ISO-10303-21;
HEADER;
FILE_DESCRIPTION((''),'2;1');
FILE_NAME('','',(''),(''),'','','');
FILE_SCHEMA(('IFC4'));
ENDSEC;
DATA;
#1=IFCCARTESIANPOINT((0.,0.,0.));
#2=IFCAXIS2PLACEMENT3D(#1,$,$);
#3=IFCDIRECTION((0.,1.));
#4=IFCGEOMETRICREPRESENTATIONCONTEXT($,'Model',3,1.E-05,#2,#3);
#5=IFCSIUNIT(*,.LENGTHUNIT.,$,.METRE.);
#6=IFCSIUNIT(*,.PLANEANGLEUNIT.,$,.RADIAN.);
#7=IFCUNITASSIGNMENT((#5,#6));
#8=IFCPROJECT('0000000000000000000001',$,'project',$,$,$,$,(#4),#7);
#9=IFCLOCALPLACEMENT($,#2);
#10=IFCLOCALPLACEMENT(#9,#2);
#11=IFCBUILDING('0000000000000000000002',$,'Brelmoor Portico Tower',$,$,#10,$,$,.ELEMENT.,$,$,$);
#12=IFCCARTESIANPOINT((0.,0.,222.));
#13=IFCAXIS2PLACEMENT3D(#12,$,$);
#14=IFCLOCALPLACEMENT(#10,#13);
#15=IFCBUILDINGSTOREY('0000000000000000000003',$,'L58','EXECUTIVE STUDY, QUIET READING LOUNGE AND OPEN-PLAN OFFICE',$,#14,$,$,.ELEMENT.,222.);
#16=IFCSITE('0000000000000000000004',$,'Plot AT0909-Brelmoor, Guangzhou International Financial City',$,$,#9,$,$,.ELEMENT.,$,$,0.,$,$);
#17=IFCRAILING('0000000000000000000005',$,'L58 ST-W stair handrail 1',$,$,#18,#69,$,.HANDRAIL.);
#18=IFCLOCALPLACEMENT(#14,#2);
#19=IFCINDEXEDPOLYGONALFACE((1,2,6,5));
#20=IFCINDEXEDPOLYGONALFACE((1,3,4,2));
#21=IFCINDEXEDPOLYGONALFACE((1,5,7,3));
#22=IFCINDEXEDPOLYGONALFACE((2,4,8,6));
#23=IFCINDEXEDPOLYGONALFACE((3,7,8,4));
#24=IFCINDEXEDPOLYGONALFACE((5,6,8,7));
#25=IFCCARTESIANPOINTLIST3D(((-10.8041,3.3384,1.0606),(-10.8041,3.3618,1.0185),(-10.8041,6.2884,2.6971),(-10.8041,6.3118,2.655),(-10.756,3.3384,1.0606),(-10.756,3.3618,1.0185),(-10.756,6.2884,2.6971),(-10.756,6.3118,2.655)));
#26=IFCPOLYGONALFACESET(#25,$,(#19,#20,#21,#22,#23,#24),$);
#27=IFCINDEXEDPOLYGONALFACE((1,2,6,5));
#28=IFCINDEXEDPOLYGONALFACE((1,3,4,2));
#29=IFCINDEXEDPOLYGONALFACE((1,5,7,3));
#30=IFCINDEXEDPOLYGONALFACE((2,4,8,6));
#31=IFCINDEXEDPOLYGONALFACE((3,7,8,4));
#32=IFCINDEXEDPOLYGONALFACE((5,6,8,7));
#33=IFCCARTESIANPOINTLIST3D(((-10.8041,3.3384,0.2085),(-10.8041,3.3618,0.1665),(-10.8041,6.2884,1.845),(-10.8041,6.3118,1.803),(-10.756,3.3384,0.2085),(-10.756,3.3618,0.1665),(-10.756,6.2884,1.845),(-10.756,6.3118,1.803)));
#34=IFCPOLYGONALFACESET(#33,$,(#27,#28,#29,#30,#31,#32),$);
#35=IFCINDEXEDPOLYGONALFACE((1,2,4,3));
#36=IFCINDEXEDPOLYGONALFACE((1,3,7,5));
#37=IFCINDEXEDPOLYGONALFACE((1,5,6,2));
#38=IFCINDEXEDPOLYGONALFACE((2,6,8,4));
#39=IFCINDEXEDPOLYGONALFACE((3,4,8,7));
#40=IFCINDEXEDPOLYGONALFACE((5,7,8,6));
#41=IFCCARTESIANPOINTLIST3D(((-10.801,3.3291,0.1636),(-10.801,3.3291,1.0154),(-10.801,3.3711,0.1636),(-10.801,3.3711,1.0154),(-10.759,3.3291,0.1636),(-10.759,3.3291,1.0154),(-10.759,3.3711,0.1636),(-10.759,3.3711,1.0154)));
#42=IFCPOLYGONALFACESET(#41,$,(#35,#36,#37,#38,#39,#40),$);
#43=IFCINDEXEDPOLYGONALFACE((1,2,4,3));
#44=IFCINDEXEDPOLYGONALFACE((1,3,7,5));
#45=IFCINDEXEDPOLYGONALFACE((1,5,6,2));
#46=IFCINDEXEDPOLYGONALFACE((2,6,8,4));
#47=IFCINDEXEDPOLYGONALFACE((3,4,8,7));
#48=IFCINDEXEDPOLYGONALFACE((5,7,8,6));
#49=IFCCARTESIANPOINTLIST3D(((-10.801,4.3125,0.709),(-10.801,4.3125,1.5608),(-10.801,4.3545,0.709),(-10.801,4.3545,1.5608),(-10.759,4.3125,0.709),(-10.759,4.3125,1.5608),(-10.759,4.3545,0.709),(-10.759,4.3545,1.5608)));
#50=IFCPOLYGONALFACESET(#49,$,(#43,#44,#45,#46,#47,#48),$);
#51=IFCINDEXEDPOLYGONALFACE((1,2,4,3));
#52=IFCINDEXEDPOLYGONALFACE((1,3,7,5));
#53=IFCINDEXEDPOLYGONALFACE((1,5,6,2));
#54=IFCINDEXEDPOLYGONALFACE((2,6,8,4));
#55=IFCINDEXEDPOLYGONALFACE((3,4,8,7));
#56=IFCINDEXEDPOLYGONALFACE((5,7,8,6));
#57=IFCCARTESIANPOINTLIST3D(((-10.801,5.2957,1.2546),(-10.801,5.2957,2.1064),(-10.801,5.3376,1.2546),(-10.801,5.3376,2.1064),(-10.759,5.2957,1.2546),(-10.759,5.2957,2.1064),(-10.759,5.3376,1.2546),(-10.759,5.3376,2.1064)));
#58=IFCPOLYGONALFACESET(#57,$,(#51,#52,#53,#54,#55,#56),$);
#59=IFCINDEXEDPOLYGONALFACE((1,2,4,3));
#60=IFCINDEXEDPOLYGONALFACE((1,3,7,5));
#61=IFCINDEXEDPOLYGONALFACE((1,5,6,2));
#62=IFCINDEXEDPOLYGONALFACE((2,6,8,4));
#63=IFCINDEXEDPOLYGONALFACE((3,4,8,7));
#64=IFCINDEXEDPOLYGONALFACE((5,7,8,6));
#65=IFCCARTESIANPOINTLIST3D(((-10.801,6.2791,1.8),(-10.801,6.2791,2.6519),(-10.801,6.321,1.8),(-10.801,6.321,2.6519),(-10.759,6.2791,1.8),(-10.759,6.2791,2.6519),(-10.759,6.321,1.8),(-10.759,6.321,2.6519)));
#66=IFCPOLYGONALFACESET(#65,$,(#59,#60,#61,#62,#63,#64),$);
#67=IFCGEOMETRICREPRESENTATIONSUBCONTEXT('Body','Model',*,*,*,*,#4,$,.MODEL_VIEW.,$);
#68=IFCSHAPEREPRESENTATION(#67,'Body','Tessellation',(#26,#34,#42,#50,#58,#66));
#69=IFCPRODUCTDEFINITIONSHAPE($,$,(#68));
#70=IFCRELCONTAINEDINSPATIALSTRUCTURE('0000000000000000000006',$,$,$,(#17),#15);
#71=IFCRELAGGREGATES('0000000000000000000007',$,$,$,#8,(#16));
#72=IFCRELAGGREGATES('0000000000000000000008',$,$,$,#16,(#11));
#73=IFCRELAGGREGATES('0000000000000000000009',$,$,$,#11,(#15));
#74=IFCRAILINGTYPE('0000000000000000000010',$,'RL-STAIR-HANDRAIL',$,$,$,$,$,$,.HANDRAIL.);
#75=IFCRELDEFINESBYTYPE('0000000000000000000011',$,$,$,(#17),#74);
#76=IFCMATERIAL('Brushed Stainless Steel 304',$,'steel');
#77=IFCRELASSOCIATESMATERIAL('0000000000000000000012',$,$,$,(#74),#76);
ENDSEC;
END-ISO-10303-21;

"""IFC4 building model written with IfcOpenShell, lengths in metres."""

from ifc_helpers import new_model, si_unit, direction, frame, origin, origin_2d, place, context, subcontext, project, spatial, rectangle, extrude, material, type_object, element, save


model = new_model("IFC4")

# Units and contexts
model_context = context("Model", 3, precision=1e-05, world=origin(), true_north=direction((0.0, 1.0)))
body_context = subcontext(model_context, "Body", "Model", "MODEL_VIEW")
ifc_project = project(units=[si_unit("LENGTHUNIT", "METRE"), si_unit("PLANEANGLEUNIT", "RADIAN")], contexts=[model_context])

# Site, building, storey
site_placement = place(None, origin())
site = spatial("IfcSite", under=ifc_project, at=site_placement, Name="Plot AT0909-Brelmoor, Guangzhou International Financial City", CompositionType="ELEMENT", RefElevation=0.0)
building_placement = place(site_placement, origin())
building = spatial("IfcBuilding", under=site, at=building_placement, Name="Brelmoor Portico Tower", CompositionType="ELEMENT")
storey_placement = place(building_placement, frame((0.0, 0.0, 222.0)))
storey = spatial("IfcBuildingStorey", under=building, at=storey_placement, Name="L58", Description="EXECUTIVE STUDY, QUIET READING LOUNGE AND OPEN-PLAN OFFICE", CompositionType="ELEMENT", Elevation=222.0)

# Railing
ifc_material_1 = material(Name="Brushed Stainless Steel 304", Category="steel")
railing_type_1 = type_object("IfcRailingType", Name="RL-STAIR-HANDRAIL", PredefinedType="HANDRAIL", material=ifc_material_1)
railing_1_placement = place(storey_placement, frame((-10.78, 3.3501, 0.1636)))
element("IfcRailing", 1, at=railing_1_placement, inside=storey, type_object=railing_type_1, Name="L58 ST-W stair handrail 1", PredefinedType="HANDRAIL", context=body_context, shape_type="SweptSolid", body=[
    extrude(rectangle(XDim=0.0481, YDim=0.0481, at=origin_2d()), frame((0.0, 0.0, 0.876), z_axis=(0.0, 0.874458, 0.485102), x_axis=(-1.0, 0.0, 0.0)), (0.0, 0.0, 1.0), 3.3735),
    extrude(rectangle(XDim=0.0481, YDim=0.0481, at=origin_2d()), frame((0.0, 0.0, 0.0239), z_axis=(0.0, 0.874458, 0.485102), x_axis=(-1.0, 0.0, 0.0)), (0.0, 0.0, 1.0), 3.3735),
    extrude(rectangle(XDim=0.042, YDim=0.042, at=origin_2d()), origin(), (0.0, 0.0, 1.0), 0.8518),
    extrude(rectangle(XDim=0.042, YDim=0.042, at=origin_2d()), frame((0.0, 0.9834, 0.5454)), (0.0, 0.0, 1.0), 0.8518),
    extrude(rectangle(XDim=0.042, YDim=0.042, at=origin_2d()), frame((0.0, 1.9666, 1.0911)), (0.0, 0.0, 1.0), 0.8518),
    extrude(rectangle(XDim=0.042, YDim=0.042, at=origin_2d()), frame((0.0, 2.95, 1.6365)), (0.0, 0.0, 1.0), 0.8518),
])

save(model, "model.ifc")
